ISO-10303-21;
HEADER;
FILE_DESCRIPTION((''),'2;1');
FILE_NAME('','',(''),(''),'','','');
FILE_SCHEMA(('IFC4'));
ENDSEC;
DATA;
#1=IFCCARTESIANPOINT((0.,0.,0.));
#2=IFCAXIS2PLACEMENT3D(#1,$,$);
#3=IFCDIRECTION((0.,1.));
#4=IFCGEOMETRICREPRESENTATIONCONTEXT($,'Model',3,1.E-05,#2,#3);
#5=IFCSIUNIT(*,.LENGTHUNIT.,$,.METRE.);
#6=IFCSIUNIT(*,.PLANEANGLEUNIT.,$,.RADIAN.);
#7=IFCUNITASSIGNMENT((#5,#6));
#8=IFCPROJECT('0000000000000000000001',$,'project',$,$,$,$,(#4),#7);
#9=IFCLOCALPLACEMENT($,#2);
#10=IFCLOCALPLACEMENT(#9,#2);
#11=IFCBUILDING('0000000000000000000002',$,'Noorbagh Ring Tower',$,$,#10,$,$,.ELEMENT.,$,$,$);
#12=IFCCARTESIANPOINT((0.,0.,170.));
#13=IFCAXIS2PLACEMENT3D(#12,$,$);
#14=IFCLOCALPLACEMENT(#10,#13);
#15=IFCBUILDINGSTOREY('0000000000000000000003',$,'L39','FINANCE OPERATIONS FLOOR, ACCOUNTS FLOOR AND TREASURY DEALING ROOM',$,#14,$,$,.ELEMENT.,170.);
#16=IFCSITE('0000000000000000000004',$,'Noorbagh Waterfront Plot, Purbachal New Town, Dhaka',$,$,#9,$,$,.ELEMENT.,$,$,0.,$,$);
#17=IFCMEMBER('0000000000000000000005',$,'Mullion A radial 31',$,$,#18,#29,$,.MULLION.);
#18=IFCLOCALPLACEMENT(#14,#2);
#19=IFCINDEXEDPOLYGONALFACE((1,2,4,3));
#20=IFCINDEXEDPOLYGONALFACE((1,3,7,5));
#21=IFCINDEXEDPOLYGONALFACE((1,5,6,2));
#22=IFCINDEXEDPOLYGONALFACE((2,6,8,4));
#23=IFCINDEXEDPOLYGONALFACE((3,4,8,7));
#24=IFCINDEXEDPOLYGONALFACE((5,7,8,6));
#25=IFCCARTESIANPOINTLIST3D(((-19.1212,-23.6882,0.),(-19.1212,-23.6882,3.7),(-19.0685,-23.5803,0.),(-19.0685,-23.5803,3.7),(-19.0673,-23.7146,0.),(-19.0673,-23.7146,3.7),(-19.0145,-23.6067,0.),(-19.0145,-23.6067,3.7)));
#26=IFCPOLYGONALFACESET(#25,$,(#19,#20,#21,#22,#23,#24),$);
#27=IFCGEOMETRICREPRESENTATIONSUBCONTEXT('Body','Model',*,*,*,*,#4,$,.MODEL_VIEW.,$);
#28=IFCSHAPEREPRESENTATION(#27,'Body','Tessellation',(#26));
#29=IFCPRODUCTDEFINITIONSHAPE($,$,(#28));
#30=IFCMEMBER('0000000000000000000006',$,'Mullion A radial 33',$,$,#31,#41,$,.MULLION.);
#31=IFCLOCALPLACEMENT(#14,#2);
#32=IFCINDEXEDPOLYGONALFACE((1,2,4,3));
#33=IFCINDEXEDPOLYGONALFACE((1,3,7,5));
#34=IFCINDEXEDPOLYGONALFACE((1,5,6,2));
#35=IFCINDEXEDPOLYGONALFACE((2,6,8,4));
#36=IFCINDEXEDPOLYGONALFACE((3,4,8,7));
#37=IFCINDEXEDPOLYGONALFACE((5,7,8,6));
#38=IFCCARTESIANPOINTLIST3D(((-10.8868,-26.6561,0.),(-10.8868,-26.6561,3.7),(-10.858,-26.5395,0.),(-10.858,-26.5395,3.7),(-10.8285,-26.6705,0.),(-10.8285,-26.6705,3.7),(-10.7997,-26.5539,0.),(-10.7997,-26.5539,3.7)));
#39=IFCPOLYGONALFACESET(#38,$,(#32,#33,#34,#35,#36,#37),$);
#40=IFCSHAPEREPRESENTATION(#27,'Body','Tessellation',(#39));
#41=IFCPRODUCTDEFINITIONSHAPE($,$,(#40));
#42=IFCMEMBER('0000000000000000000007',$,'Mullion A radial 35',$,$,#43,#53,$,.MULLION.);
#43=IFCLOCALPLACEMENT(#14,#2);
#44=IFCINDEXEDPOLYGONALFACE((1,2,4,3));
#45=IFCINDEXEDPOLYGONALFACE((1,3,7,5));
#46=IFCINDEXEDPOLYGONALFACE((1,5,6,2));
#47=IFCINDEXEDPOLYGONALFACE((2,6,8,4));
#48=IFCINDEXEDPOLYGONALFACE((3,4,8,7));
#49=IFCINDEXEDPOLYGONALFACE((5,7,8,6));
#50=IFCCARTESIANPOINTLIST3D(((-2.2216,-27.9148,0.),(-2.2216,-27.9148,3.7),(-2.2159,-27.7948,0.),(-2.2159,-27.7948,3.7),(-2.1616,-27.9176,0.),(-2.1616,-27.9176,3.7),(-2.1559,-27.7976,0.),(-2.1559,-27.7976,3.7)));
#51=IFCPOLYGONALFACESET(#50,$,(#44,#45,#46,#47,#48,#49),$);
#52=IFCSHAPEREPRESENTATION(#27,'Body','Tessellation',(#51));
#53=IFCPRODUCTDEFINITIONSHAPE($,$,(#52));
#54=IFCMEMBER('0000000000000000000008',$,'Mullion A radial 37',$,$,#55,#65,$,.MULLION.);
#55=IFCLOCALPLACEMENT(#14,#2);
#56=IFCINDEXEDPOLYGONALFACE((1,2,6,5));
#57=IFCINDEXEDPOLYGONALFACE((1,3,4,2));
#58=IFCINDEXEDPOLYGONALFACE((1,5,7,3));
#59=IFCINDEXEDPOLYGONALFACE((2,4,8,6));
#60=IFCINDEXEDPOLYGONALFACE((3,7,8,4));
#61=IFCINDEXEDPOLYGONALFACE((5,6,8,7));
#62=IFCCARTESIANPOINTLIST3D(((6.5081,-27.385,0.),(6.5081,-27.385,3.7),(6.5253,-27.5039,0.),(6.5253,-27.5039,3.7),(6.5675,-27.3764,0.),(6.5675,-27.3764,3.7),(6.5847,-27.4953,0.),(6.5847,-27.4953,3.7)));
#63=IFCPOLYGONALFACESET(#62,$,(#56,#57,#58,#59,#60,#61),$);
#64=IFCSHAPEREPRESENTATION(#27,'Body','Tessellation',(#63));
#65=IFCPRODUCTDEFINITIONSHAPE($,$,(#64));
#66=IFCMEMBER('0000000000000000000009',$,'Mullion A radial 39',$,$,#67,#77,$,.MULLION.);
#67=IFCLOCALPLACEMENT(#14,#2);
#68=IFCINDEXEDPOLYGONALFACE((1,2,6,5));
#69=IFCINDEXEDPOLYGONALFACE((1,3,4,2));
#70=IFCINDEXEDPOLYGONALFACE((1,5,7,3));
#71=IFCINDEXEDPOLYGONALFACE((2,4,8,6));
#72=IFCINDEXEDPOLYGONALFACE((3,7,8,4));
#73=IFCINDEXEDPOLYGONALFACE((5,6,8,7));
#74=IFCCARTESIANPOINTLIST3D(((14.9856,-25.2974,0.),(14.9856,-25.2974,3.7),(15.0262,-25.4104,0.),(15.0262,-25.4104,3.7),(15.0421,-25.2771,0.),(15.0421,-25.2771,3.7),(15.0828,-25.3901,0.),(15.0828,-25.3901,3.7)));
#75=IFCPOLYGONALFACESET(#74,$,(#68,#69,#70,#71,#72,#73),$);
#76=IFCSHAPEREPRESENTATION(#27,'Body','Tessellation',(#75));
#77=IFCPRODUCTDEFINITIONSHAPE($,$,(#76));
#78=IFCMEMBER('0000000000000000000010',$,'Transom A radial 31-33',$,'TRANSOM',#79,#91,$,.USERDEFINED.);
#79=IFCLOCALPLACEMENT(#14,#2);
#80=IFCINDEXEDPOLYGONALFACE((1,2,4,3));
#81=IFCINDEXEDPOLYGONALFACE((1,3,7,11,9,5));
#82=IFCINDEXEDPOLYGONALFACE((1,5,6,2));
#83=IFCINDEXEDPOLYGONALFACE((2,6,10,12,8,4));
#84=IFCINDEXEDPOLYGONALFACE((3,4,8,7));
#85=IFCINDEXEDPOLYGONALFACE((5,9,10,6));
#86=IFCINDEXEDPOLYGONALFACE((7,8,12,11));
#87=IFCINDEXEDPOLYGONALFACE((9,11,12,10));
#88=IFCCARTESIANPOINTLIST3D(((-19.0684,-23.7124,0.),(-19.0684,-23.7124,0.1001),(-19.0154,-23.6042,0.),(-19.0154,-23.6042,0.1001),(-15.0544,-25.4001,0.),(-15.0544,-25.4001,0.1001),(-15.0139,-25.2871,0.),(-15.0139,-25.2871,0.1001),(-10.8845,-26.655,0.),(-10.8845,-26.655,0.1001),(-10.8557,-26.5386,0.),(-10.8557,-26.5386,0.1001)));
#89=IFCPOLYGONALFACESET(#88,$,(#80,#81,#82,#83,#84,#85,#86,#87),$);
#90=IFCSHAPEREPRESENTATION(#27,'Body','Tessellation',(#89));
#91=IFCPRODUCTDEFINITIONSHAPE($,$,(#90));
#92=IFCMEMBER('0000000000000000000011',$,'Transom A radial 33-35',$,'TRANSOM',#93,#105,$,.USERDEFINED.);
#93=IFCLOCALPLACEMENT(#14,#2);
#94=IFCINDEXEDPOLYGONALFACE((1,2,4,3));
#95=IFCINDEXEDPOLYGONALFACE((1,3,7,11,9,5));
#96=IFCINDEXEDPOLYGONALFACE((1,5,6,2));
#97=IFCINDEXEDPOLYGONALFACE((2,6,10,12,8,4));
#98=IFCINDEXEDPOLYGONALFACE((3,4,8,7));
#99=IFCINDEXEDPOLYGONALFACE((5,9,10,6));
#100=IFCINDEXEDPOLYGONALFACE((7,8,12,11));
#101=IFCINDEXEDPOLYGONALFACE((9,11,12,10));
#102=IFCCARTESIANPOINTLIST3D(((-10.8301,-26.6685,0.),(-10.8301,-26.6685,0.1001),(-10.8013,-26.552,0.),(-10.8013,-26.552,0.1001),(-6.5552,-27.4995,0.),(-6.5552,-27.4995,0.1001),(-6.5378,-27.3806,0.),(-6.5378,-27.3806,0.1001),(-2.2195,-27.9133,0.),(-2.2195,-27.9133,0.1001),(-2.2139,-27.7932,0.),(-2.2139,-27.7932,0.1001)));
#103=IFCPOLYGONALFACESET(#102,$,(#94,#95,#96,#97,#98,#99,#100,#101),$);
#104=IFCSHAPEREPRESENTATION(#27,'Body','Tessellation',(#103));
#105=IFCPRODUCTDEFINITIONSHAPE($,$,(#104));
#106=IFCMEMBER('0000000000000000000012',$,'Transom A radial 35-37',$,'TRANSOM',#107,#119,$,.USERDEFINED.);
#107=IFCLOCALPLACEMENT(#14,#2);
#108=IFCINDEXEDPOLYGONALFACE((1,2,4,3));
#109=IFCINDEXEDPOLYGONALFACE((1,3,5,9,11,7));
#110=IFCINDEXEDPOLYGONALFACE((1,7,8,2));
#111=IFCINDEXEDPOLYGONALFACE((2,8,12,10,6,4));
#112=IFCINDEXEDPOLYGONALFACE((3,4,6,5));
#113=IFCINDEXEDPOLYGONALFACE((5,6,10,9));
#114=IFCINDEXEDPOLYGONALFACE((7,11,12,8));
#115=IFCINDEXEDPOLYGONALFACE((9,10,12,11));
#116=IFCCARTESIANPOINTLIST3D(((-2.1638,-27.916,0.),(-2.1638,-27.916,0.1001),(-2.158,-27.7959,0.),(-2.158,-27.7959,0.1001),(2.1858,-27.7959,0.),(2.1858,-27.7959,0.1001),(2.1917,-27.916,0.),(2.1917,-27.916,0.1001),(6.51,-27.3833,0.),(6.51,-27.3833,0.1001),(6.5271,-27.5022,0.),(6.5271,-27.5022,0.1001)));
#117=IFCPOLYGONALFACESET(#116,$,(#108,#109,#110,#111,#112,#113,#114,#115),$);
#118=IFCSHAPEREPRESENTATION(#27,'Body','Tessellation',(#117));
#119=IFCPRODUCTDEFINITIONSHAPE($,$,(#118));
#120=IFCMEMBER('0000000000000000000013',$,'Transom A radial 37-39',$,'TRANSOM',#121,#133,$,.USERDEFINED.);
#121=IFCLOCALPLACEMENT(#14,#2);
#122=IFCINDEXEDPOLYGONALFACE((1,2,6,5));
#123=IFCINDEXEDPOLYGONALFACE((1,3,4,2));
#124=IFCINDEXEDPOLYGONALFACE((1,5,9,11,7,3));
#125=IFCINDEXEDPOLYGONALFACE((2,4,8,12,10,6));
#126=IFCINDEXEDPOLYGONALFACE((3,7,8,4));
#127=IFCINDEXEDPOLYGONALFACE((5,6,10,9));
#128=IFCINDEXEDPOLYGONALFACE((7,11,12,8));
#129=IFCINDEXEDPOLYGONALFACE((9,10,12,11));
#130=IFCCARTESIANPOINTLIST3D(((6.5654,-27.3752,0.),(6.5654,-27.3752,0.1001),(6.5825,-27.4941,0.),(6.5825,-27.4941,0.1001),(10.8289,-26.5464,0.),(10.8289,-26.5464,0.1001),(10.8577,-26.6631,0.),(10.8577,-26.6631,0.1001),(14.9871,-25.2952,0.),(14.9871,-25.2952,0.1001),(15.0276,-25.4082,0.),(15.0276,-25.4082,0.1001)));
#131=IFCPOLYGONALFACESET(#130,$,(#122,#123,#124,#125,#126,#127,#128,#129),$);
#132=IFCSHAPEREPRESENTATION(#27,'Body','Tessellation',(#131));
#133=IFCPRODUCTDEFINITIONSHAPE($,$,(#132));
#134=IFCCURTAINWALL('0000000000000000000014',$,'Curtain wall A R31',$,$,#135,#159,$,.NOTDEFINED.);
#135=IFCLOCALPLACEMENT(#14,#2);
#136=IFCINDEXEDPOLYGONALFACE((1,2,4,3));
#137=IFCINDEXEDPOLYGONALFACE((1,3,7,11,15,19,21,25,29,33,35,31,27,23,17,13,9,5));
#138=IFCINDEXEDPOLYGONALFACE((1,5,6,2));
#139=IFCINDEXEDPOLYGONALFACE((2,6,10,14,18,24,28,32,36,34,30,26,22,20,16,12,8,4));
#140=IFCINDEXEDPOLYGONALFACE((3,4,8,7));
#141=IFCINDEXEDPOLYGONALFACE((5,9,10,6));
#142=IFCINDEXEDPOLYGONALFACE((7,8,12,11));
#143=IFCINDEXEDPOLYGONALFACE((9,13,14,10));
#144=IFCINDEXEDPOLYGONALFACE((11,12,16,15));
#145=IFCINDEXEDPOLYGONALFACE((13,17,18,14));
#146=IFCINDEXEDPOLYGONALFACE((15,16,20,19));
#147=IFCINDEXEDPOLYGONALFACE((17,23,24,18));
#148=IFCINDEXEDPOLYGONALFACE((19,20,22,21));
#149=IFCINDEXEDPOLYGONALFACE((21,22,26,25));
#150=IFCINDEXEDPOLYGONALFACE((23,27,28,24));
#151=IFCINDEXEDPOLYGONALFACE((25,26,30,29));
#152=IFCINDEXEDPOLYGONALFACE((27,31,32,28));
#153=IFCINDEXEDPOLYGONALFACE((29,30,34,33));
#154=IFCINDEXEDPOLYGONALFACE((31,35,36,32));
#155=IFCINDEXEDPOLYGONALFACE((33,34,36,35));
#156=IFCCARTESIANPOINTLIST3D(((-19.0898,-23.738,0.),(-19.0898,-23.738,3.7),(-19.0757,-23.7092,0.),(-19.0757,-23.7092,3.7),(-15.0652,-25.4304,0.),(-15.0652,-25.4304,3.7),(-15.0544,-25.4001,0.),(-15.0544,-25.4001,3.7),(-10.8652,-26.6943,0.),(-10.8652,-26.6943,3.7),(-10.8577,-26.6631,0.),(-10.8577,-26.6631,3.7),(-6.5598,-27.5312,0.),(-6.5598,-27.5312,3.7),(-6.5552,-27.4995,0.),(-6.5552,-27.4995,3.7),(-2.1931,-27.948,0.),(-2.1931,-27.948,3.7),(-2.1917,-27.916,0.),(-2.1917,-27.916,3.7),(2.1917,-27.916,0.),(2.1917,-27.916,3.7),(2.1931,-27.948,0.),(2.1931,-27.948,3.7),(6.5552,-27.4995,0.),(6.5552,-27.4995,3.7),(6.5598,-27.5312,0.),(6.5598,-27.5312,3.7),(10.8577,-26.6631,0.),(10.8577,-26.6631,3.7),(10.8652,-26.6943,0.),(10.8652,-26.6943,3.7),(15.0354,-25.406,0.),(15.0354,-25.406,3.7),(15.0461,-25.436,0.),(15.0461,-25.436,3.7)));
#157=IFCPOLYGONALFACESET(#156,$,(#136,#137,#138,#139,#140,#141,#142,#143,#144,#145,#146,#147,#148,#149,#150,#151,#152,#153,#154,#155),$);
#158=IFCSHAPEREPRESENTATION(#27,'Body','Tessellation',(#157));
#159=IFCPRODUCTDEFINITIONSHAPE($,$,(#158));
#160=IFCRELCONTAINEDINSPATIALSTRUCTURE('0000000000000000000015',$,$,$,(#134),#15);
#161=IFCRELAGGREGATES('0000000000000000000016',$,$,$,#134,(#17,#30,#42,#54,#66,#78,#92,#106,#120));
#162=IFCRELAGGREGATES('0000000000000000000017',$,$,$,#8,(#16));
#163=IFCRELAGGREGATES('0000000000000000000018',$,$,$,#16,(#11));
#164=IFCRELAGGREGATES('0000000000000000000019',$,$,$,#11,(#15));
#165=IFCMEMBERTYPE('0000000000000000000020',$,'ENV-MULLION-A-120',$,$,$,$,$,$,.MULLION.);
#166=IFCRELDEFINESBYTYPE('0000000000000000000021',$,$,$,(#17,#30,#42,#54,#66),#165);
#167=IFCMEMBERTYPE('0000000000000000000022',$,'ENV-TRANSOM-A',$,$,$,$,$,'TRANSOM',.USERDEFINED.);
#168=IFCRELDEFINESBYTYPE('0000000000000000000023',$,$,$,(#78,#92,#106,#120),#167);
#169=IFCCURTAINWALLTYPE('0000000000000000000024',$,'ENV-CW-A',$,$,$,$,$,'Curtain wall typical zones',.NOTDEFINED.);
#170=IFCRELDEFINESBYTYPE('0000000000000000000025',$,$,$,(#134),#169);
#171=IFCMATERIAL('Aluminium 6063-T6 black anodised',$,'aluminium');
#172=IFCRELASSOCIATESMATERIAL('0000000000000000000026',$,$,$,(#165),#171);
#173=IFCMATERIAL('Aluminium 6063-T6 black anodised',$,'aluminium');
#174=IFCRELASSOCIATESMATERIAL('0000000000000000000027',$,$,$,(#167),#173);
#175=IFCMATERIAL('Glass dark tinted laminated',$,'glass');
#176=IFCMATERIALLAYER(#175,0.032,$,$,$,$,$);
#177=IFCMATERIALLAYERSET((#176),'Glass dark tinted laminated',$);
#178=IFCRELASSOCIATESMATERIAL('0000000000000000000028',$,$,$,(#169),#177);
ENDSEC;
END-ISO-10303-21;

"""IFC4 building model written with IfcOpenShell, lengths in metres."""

from ifc_helpers import new_model, si_unit, direction, frame, origin, origin_2d, place, context, subcontext, project, spatial, polyline, rectangle, outline, extrude, material, layer, layer_set, material_profile, profile_set, type_object, element, aggregate, save


model = new_model("IFC4")

# Units and contexts
model_context = context("Model", 3, precision=1e-05, world=origin(), true_north=direction((0.0, 1.0)))
body_context = subcontext(model_context, "Body", "Model", "MODEL_VIEW")
ifc_project = project(units=[si_unit("LENGTHUNIT", "METRE"), si_unit("PLANEANGLEUNIT", "RADIAN")], contexts=[model_context])

# Members
ifc_material_1 = material(Name="Aluminium 6063-T6 black anodised", Category="aluminium")
ifc_material_profile = material_profile(ifc_material_1, rectangle(XDim=0.1201, YDim=0.0601, at=origin_2d()), Name="120x60")
ifc_profile_set = profile_set([ifc_material_profile], Name="Aluminium 6063-T6 black anodised")
member_type_1 = type_object("IfcMemberType", Name="ENV-MULLION-A-120", PredefinedType="MULLION", material=ifc_profile_set)
site_placement = place(None, origin())
building_placement = place(site_placement, origin())
storey_placement = place(building_placement, frame((0.0, 0.0, 170.0)))
member_1_placement = place(storey_placement, frame((-19.0679, -23.6475, 0.0), z_axis=(0.0, 0.0, 1.0), x_axis=(0.439238, 0.898371, 0.0)))
member_1 = element("IfcMember", 1, at=member_1_placement, type_object=member_type_1, Name="Mullion A radial 31", PredefinedType="MULLION", context=body_context, shape_type="SweptSolid", body=[
    extrude(rectangle(XDim=0.1201, YDim=0.0601, at=origin_2d()), origin(), (0.0, 0.0, 1.0), 3.7),
])
member_2_placement = place(storey_placement, frame((-10.8433, -26.605, 0.0), z_axis=(0.0, 0.0, 1.0), x_axis=(0.239799, 0.970823, 0.0)))
member_2 = element("IfcMember", 2, at=member_2_placement, type_object=member_type_1, Name="Mullion A radial 33", PredefinedType="MULLION", context=body_context, shape_type="SweptSolid", body=[
    extrude(rectangle(XDim=0.1201, YDim=0.0601, at=origin_2d()), origin(), (0.0, 0.0, 1.0), 3.7),
])
member_3_placement = place(storey_placement, frame((-2.1887, -27.8562, 0.0), z_axis=(0.0, 0.0, 1.0), x_axis=(0.047558, 0.998868, 0.0)))
member_3 = element("IfcMember", 3, at=member_3_placement, type_object=member_type_1, Name="Mullion A radial 35", PredefinedType="MULLION", context=body_context, shape_type="SweptSolid", body=[
    extrude(rectangle(XDim=0.1201, YDim=0.0601, at=origin_2d()), origin(), (0.0, 0.0, 1.0), 3.7),
])
member_4_placement = place(storey_placement, frame((6.5464, -27.4402, 0.0), z_axis=(0.0, 0.0, 1.0), x_axis=(-0.143082, 0.989711, 0.0)))
member_4 = element("IfcMember", 4, at=member_4_placement, type_object=member_type_1, Name="Mullion A radial 37", PredefinedType="MULLION", context=body_context, shape_type="SweptSolid", body=[
    extrude(rectangle(XDim=0.1201, YDim=0.0601, at=origin_2d()), origin(), (0.0, 0.0, 1.0), 3.7),
])
member_5_placement = place(storey_placement, frame((15.0342, -25.3438, 0.0), z_axis=(0.0, 0.0, 1.0), x_axis=(-0.338379, 0.94101, 0.0)))
member_5 = element("IfcMember", 5, at=member_5_placement, type_object=member_type_1, Name="Mullion A radial 39", PredefinedType="MULLION", context=body_context, shape_type="SweptSolid", body=[
    extrude(rectangle(XDim=0.1201, YDim=0.0601, at=origin_2d()), origin(), (0.0, 0.0, 1.0), 3.7),
])
ifc_material_2 = material(Name="Aluminium 6063-T6 black anodised", Category="aluminium")
member_type_2 = type_object("IfcMemberType", Name="ENV-TRANSOM-A", ElementType="TRANSOM", PredefinedType="USERDEFINED", material=ifc_material_2)
member_6_placement = place(storey_placement, origin())
member_6 = element("IfcMember", 6, at=member_6_placement, type_object=member_type_2, Name="Transom A radial 31-33", ObjectType="TRANSOM", PredefinedType="USERDEFINED", context=body_context, shape_type="SweptSolid", body=[
    extrude(outline(polyline([(-19.0684, -23.7124), (-15.0544, -25.4001), (-10.8845, -26.655), (-10.8557, -26.5386), (-15.0139, -25.2871), (-19.0154, -23.6042), (-19.0684, -23.7124)])), origin(), (0.0, 0.0, 1.0), 0.1001),
])
member_7_placement = place(storey_placement, origin())
member_7 = element("IfcMember", 7, at=member_7_placement, type_object=member_type_2, Name="Transom A radial 33-35", ObjectType="TRANSOM", PredefinedType="USERDEFINED", context=body_context, shape_type="SweptSolid", body=[
    extrude(outline(polyline([(-10.8301, -26.6685), (-6.5552, -27.4995), (-2.2195, -27.9133), (-2.2139, -27.7932), (-6.5378, -27.3806), (-10.8013, -26.552), (-10.8301, -26.6685)])), origin(), (0.0, 0.0, 1.0), 0.1001),
])
member_8_placement = place(storey_placement, origin())
member_8 = element("IfcMember", 8, at=member_8_placement, type_object=member_type_2, Name="Transom A radial 35-37", ObjectType="TRANSOM", PredefinedType="USERDEFINED", context=body_context, shape_type="SweptSolid", body=[
    extrude(outline(polyline([(-2.1638, -27.916), (2.1917, -27.916), (6.5271, -27.5022), (6.51, -27.3833), (2.1858, -27.7959), (-2.158, -27.7959), (-2.1638, -27.916)])), origin(), (0.0, 0.0, 1.0), 0.1001),
])
member_9_placement = place(storey_placement, origin())
member_9 = element("IfcMember", 9, at=member_9_placement, type_object=member_type_2, Name="Transom A radial 37-39", ObjectType="TRANSOM", PredefinedType="USERDEFINED", context=body_context, shape_type="SweptSolid", body=[
    extrude(outline(polyline([(6.5825, -27.4941), (10.8577, -26.6631), (15.0276, -25.4082), (14.9871, -25.2952), (10.8289, -26.5464), (6.5654, -27.3752), (6.5825, -27.4941)])), origin(), (0.0, 0.0, 1.0), 0.1001),
])

# Site, building, storey
site = spatial("IfcSite", under=ifc_project, at=site_placement, Name="Noorbagh Waterfront Plot, Purbachal New Town, Dhaka", CompositionType="ELEMENT", RefElevation=0.0)
building = spatial("IfcBuilding", under=site, at=building_placement, Name="Noorbagh Ring Tower", CompositionType="ELEMENT")
storey = spatial("IfcBuildingStorey", under=building, at=storey_placement, Name="L39", Description="FINANCE OPERATIONS FLOOR, ACCOUNTS FLOOR AND TREASURY DEALING ROOM", CompositionType="ELEMENT", Elevation=170.0)

# Curtain wall
ifc_material_3 = material(Name="Glass dark tinted laminated", Category="glass")
ifc_layer_1 = layer(ifc_material_3, 0.032)
ifc_layer_set_1 = layer_set([ifc_layer_1], Name="Glass dark tinted laminated")
curtain_wall_type = type_object("IfcCurtainWallType", Name="ENV-CW-A", ElementType="Curtain wall typical zones", PredefinedType="NOTDEFINED", material=ifc_layer_set_1)
curtain_wall_1_placement = place(storey_placement, origin())
curtain_wall_1 = element("IfcCurtainWall", 10, at=curtain_wall_1_placement, inside=storey, type_object=curtain_wall_type, Name="Curtain wall A R31", PredefinedType="NOTDEFINED", context=body_context, shape_type="SweptSolid", body=[
    extrude(outline(polyline([(-19.0898, -23.738), (-15.0652, -25.4304), (-10.8652, -26.6943), (-6.5598, -27.5312), (-2.1931, -27.948), (2.1931, -27.948), (6.5598, -27.5312), (10.8652, -26.6943), (15.0461, -25.436), (15.0354, -25.406), (10.8577, -26.6631), (6.5552, -27.4995), (2.1917, -27.916), (-2.1917, -27.916), (-6.5552, -27.4995), (-10.8577, -26.6631), (-15.0544, -25.4001), (-19.0757, -23.7092), (-19.0898, -23.738)])), origin(), (0.0, 0.0, 1.0), 3.7),
])
aggregate(curtain_wall_1, [member_1, member_2, member_3, member_4, member_5, member_6, member_7, member_8, member_9])

save(model, "model.ifc")
